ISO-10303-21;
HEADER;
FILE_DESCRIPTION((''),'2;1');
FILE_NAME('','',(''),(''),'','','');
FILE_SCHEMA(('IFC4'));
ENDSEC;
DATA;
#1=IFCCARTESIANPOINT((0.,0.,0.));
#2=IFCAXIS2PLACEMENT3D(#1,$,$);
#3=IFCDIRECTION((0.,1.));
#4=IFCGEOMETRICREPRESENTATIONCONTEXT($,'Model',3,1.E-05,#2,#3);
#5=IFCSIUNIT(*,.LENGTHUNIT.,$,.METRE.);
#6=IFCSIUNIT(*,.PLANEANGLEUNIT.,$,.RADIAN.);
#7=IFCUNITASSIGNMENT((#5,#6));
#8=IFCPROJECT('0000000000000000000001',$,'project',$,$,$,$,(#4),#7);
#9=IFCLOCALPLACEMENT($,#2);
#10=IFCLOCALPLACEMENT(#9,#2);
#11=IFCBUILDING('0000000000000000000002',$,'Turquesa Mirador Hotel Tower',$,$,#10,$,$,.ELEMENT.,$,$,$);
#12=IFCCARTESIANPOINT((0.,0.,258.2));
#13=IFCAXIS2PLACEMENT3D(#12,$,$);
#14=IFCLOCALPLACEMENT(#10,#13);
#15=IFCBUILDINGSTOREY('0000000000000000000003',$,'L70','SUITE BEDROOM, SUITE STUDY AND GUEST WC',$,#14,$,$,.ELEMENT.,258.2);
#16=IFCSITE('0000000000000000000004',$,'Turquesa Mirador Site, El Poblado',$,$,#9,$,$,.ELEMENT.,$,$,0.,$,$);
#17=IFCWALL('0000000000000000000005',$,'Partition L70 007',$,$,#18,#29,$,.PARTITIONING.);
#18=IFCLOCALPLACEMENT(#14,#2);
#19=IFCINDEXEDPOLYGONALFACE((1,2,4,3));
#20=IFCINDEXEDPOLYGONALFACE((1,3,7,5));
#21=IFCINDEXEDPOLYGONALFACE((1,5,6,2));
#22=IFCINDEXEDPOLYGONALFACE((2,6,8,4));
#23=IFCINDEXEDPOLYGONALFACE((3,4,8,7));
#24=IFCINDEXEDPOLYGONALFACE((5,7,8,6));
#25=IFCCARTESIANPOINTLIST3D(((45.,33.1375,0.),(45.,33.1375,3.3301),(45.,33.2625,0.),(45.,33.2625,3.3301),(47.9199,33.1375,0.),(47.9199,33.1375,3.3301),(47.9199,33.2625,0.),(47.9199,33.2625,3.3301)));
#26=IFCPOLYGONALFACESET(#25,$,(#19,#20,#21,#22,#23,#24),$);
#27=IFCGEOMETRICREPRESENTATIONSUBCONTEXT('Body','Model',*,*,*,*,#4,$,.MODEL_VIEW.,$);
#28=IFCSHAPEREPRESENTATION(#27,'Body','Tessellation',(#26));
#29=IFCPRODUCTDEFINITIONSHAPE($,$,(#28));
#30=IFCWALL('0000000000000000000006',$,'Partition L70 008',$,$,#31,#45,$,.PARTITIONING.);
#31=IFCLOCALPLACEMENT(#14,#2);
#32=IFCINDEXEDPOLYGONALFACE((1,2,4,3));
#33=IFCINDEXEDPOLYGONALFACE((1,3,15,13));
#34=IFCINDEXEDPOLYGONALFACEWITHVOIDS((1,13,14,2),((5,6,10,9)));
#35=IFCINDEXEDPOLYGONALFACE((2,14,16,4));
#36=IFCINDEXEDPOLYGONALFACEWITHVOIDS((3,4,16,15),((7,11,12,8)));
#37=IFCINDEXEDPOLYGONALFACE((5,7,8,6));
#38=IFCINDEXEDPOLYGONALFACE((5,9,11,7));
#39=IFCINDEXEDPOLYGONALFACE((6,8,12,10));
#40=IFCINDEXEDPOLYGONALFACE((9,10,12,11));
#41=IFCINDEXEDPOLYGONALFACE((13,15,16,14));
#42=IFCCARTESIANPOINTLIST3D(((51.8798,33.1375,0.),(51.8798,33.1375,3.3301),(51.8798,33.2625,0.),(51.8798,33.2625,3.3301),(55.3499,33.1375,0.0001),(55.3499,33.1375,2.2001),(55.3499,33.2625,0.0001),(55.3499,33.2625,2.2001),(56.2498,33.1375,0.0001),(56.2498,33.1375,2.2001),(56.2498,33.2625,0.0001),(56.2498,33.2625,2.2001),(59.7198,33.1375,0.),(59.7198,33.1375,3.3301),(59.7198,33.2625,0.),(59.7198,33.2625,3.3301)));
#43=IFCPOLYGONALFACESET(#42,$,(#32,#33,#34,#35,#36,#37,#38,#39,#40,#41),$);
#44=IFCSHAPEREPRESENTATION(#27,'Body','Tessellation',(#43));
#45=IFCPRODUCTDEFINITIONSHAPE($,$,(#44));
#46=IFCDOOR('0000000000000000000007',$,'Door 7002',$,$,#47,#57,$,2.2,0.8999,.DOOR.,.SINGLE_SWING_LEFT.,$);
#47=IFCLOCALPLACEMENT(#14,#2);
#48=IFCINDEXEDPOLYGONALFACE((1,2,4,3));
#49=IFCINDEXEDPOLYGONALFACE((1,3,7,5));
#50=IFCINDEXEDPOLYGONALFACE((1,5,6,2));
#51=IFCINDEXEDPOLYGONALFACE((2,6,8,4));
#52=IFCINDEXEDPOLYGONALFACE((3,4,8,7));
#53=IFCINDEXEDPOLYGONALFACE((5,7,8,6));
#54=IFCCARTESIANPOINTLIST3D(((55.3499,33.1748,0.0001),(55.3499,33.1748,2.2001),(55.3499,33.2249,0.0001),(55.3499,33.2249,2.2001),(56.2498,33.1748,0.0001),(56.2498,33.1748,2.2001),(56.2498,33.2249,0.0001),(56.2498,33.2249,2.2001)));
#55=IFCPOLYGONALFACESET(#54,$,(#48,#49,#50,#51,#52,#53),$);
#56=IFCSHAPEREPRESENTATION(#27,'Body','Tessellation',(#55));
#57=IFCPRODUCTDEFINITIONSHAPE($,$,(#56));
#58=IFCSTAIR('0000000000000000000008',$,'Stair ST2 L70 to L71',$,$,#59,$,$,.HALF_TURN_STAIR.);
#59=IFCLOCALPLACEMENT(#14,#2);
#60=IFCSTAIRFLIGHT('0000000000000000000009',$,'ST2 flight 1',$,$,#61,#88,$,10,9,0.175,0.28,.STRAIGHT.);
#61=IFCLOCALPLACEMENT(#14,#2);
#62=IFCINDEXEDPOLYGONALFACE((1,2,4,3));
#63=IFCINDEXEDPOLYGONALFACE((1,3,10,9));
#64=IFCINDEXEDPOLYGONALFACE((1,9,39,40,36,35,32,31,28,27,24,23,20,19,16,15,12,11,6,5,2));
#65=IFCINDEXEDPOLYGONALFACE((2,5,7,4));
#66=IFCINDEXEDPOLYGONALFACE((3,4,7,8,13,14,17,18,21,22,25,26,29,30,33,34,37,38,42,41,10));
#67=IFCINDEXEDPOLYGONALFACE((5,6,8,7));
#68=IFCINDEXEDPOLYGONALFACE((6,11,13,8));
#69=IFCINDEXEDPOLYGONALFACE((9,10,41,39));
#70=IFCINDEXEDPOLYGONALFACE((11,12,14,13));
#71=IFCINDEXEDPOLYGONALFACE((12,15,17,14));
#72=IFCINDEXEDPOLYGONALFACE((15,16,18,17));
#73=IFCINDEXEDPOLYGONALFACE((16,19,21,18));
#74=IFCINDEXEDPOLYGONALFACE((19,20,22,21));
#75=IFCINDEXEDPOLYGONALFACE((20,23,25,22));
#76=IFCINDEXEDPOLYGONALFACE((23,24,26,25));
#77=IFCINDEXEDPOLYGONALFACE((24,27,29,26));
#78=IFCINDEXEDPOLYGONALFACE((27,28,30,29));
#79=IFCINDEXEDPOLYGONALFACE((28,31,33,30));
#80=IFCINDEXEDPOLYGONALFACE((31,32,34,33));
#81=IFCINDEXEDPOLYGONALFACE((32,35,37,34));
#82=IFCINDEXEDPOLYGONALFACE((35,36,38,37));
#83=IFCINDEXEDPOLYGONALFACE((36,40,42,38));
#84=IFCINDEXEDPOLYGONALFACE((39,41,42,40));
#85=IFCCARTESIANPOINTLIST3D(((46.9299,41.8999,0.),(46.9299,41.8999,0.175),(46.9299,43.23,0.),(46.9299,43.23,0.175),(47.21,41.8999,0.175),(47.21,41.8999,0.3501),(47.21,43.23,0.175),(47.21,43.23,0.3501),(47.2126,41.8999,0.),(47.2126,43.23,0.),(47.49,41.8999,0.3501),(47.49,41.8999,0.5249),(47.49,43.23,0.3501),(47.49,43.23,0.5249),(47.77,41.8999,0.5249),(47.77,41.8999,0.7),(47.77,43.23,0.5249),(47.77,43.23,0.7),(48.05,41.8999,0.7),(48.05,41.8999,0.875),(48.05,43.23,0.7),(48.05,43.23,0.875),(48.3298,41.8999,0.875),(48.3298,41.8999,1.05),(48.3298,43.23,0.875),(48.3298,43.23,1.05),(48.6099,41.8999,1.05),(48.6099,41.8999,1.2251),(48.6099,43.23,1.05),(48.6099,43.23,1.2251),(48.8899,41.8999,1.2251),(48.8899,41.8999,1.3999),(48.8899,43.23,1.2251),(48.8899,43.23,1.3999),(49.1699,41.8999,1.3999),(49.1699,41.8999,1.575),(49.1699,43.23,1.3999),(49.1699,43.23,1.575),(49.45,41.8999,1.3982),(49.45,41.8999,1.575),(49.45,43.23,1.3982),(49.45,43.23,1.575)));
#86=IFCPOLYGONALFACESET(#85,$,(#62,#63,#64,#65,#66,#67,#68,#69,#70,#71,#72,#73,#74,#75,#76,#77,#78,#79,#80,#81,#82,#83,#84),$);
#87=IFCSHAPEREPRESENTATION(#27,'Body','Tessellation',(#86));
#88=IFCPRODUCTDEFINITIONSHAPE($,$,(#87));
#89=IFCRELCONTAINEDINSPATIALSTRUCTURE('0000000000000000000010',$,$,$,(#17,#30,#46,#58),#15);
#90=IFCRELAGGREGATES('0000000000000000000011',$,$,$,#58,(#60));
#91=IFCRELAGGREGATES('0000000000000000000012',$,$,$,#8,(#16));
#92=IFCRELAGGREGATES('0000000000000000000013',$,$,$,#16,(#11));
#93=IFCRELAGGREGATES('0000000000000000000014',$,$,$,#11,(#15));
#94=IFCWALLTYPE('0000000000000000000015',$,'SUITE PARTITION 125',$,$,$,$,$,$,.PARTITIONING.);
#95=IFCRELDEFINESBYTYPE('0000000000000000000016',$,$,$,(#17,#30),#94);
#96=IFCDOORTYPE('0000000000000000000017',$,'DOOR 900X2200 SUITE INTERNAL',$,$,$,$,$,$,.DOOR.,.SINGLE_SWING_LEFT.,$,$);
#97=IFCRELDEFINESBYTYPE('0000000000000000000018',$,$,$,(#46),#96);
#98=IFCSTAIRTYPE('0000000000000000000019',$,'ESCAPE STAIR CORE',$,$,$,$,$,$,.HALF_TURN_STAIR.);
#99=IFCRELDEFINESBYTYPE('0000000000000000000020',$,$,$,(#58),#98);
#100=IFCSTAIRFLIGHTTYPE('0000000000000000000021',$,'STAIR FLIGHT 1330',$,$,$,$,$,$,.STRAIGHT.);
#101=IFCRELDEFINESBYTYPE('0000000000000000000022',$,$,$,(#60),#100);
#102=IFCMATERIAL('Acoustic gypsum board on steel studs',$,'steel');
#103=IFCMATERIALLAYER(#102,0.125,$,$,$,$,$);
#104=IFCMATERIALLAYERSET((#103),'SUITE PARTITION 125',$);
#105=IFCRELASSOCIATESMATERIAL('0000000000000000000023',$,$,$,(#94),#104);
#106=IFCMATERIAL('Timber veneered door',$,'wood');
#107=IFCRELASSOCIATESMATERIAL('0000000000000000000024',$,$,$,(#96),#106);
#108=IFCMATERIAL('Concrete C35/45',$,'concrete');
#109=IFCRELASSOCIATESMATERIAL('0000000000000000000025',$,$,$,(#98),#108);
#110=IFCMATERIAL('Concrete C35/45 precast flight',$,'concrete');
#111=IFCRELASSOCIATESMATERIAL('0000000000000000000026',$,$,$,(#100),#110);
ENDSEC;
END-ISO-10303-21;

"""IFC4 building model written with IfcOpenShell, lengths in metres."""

from ifc_helpers import new_model, si_unit, direction, frame, frame_2d, origin, place, context, subcontext, project, spatial, polyline, rectangle, outline, extrude, material, layer, layer_set, type_object, element, fill, aggregate, save


model = new_model("IFC4")

# Units and contexts
model_context = context("Model", 3, precision=1e-05, world=origin(), true_north=direction((0.0, 1.0)))
body_context = subcontext(model_context, "Body", "Model", "MODEL_VIEW")
ifc_project = project(units=[si_unit("LENGTHUNIT", "METRE"), si_unit("PLANEANGLEUNIT", "RADIAN")], contexts=[model_context])

# Site, building, storey
site_placement = place(None, origin())
site = spatial("IfcSite", under=ifc_project, at=site_placement, Name="Turquesa Mirador Site, El Poblado", CompositionType="ELEMENT", RefElevation=0.0)
building_placement = place(site_placement, origin())
building = spatial("IfcBuilding", under=site, at=building_placement, Name="Turquesa Mirador Hotel Tower", CompositionType="ELEMENT")
storey_placement = place(building_placement, frame((0.0, 0.0, 258.2)))
storey = spatial("IfcBuildingStorey", under=building, at=storey_placement, Name="L70", Description="SUITE BEDROOM, SUITE STUDY AND GUEST WC", CompositionType="ELEMENT", Elevation=258.2)

# Wall
ifc_material_1 = material(Name="Acoustic gypsum board on steel studs", Category="steel")
ifc_layer_1 = layer(ifc_material_1, 0.125)
ifc_layer_set_1 = layer_set([ifc_layer_1], Name="SUITE PARTITION 125")
wall_type_1 = type_object("IfcWallType", Name="SUITE PARTITION 125", PredefinedType="PARTITIONING", material=ifc_layer_set_1)
wall_1_placement = place(storey_placement, frame((45.0, 33.2, 0.0), z_axis=(0.0, 0.0, 1.0), x_axis=(1.0, 0.0, 0.0)))
element("IfcWall", 1, at=wall_1_placement, inside=storey, type_object=wall_type_1, Name="Partition L70 007", PredefinedType="PARTITIONING", context=body_context, shape_type="SweptSolid", body=[
    extrude(rectangle(XDim=2.9199, YDim=0.125, at=frame_2d((1.46, 0.0))), origin(), (0.0, 0.0, 1.0), 3.3301),
])

# Wall, opening, door
wall_2_placement = place(storey_placement, frame((51.8799, 33.2, 0.0), z_axis=(0.0, 0.0, 1.0), x_axis=(1.0, 0.0, 0.0)))
wall_2 = element("IfcWall", 2, at=wall_2_placement, inside=storey, type_object=wall_type_1, Name="Partition L70 008", PredefinedType="PARTITIONING", context=body_context, shape_type="SweptSolid", body=[
    extrude(rectangle(XDim=7.8401, YDim=0.125, at=frame_2d((3.9199, 0.0))), origin(), (0.0, 0.0, 1.0), 3.3301),
])
opening_1_placement = place(wall_2_placement, frame((3.47, 0.0, 0.0)))
opening_1 = element("IfcOpeningElement", 3, at=opening_1_placement, cuts=wall_2, PredefinedType="OPENING", context=body_context, shape_type="SweptSolid", body=[
    extrude(rectangle(XDim=0.8999, YDim=2.2, at=frame_2d((0.45, 1.1001))), frame((0.0, 0.0725, 0.0), z_axis=(0.0, -1.0, 0.0), x_axis=(1.0, 0.0, 0.0)), (0.0, 0.0, 1.0), 0.145),
])
ifc_material_2 = material(Name="Timber veneered door", Category="wood")
door_type_1 = type_object("IfcDoorType", Name="DOOR 900X2200 SUITE INTERNAL", OperationType="SINGLE_SWING_LEFT", PredefinedType="DOOR", material=ifc_material_2)
door_1_placement = place(opening_1_placement, origin())
door_1 = element("IfcDoor", 4, at=door_1_placement, inside=storey, type_object=door_type_1, Name="Door 7002", OperationType="SINGLE_SWING_LEFT", OverallHeight=2.2, OverallWidth=0.8999, PredefinedType="DOOR", context=body_context, shape_type="SweptSolid", body=[
    extrude(rectangle(XDim=0.8999, YDim=2.2, at=frame_2d((0.45, 1.1001))), frame((0.0, 0.0249, 0.0), z_axis=(0.0, -1.0, 0.0), x_axis=(1.0, 0.0, 0.0)), (0.0, 0.0, 1.0), 0.05),
])
fill(opening_1, door_1)

# Stair, stair flight
ifc_material_3 = material(Name="Concrete C35/45", Category="concrete")
stair_type = type_object("IfcStairType", Name="ESCAPE STAIR CORE", PredefinedType="HALF_TURN_STAIR", material=ifc_material_3)
stair_placement = place(storey_placement, origin())
stair = element("IfcStair", 5, at=stair_placement, inside=storey, type_object=stair_type, Name="Stair ST2 L70 to L71", PredefinedType="HALF_TURN_STAIR")
ifc_material_4 = material(Name="Concrete C35/45 precast flight", Category="concrete")
stair_flight_type = type_object("IfcStairFlightType", Name="STAIR FLIGHT 1330", PredefinedType="STRAIGHT", material=ifc_material_4)
stair_flight_placement = place(storey_placement, frame((46.9299, 42.5649, 0.0), z_axis=(0.0, 0.0, 1.0), x_axis=(1.0, 0.0, 0.0)))
stair_flight = element("IfcStairFlight", 6, at=stair_flight_placement, type_object=stair_flight_type, Name="ST2 flight 1", NumberOfRisers=10, NumberOfTreads=9, PredefinedType="STRAIGHT", RiserHeight=0.175, TreadLength=0.28, context=body_context, shape_type="SweptSolid", body=[
    extrude(outline(polyline([(0.0, 0.0), (0.0, 0.175), (0.28, 0.175), (0.28, 0.3501), (0.5601, 0.3501), (0.5601, 0.5249), (0.8401, 0.5249), (0.8401, 0.7), (1.1201, 0.7), (1.1201, 0.875), (1.3999, 0.875), (1.3999, 1.05), (1.6799, 1.05), (1.6799, 1.2251), (1.96, 1.2251), (1.96, 1.3999), (2.24, 1.3999), (2.24, 1.575), (2.52, 1.575), (2.52, 1.75), (2.52, 1.3982), (0.2827, 0.0), (0.0, 0.0)])), frame((0.0, 0.665, 0.0), z_axis=(0.0, -1.0, 0.0), x_axis=(1.0, 0.0, 0.0)), (0.0, 0.0, 1.0), 1.3301),
])
aggregate(stair, [stair_flight])

save(model, "model.ifc")
